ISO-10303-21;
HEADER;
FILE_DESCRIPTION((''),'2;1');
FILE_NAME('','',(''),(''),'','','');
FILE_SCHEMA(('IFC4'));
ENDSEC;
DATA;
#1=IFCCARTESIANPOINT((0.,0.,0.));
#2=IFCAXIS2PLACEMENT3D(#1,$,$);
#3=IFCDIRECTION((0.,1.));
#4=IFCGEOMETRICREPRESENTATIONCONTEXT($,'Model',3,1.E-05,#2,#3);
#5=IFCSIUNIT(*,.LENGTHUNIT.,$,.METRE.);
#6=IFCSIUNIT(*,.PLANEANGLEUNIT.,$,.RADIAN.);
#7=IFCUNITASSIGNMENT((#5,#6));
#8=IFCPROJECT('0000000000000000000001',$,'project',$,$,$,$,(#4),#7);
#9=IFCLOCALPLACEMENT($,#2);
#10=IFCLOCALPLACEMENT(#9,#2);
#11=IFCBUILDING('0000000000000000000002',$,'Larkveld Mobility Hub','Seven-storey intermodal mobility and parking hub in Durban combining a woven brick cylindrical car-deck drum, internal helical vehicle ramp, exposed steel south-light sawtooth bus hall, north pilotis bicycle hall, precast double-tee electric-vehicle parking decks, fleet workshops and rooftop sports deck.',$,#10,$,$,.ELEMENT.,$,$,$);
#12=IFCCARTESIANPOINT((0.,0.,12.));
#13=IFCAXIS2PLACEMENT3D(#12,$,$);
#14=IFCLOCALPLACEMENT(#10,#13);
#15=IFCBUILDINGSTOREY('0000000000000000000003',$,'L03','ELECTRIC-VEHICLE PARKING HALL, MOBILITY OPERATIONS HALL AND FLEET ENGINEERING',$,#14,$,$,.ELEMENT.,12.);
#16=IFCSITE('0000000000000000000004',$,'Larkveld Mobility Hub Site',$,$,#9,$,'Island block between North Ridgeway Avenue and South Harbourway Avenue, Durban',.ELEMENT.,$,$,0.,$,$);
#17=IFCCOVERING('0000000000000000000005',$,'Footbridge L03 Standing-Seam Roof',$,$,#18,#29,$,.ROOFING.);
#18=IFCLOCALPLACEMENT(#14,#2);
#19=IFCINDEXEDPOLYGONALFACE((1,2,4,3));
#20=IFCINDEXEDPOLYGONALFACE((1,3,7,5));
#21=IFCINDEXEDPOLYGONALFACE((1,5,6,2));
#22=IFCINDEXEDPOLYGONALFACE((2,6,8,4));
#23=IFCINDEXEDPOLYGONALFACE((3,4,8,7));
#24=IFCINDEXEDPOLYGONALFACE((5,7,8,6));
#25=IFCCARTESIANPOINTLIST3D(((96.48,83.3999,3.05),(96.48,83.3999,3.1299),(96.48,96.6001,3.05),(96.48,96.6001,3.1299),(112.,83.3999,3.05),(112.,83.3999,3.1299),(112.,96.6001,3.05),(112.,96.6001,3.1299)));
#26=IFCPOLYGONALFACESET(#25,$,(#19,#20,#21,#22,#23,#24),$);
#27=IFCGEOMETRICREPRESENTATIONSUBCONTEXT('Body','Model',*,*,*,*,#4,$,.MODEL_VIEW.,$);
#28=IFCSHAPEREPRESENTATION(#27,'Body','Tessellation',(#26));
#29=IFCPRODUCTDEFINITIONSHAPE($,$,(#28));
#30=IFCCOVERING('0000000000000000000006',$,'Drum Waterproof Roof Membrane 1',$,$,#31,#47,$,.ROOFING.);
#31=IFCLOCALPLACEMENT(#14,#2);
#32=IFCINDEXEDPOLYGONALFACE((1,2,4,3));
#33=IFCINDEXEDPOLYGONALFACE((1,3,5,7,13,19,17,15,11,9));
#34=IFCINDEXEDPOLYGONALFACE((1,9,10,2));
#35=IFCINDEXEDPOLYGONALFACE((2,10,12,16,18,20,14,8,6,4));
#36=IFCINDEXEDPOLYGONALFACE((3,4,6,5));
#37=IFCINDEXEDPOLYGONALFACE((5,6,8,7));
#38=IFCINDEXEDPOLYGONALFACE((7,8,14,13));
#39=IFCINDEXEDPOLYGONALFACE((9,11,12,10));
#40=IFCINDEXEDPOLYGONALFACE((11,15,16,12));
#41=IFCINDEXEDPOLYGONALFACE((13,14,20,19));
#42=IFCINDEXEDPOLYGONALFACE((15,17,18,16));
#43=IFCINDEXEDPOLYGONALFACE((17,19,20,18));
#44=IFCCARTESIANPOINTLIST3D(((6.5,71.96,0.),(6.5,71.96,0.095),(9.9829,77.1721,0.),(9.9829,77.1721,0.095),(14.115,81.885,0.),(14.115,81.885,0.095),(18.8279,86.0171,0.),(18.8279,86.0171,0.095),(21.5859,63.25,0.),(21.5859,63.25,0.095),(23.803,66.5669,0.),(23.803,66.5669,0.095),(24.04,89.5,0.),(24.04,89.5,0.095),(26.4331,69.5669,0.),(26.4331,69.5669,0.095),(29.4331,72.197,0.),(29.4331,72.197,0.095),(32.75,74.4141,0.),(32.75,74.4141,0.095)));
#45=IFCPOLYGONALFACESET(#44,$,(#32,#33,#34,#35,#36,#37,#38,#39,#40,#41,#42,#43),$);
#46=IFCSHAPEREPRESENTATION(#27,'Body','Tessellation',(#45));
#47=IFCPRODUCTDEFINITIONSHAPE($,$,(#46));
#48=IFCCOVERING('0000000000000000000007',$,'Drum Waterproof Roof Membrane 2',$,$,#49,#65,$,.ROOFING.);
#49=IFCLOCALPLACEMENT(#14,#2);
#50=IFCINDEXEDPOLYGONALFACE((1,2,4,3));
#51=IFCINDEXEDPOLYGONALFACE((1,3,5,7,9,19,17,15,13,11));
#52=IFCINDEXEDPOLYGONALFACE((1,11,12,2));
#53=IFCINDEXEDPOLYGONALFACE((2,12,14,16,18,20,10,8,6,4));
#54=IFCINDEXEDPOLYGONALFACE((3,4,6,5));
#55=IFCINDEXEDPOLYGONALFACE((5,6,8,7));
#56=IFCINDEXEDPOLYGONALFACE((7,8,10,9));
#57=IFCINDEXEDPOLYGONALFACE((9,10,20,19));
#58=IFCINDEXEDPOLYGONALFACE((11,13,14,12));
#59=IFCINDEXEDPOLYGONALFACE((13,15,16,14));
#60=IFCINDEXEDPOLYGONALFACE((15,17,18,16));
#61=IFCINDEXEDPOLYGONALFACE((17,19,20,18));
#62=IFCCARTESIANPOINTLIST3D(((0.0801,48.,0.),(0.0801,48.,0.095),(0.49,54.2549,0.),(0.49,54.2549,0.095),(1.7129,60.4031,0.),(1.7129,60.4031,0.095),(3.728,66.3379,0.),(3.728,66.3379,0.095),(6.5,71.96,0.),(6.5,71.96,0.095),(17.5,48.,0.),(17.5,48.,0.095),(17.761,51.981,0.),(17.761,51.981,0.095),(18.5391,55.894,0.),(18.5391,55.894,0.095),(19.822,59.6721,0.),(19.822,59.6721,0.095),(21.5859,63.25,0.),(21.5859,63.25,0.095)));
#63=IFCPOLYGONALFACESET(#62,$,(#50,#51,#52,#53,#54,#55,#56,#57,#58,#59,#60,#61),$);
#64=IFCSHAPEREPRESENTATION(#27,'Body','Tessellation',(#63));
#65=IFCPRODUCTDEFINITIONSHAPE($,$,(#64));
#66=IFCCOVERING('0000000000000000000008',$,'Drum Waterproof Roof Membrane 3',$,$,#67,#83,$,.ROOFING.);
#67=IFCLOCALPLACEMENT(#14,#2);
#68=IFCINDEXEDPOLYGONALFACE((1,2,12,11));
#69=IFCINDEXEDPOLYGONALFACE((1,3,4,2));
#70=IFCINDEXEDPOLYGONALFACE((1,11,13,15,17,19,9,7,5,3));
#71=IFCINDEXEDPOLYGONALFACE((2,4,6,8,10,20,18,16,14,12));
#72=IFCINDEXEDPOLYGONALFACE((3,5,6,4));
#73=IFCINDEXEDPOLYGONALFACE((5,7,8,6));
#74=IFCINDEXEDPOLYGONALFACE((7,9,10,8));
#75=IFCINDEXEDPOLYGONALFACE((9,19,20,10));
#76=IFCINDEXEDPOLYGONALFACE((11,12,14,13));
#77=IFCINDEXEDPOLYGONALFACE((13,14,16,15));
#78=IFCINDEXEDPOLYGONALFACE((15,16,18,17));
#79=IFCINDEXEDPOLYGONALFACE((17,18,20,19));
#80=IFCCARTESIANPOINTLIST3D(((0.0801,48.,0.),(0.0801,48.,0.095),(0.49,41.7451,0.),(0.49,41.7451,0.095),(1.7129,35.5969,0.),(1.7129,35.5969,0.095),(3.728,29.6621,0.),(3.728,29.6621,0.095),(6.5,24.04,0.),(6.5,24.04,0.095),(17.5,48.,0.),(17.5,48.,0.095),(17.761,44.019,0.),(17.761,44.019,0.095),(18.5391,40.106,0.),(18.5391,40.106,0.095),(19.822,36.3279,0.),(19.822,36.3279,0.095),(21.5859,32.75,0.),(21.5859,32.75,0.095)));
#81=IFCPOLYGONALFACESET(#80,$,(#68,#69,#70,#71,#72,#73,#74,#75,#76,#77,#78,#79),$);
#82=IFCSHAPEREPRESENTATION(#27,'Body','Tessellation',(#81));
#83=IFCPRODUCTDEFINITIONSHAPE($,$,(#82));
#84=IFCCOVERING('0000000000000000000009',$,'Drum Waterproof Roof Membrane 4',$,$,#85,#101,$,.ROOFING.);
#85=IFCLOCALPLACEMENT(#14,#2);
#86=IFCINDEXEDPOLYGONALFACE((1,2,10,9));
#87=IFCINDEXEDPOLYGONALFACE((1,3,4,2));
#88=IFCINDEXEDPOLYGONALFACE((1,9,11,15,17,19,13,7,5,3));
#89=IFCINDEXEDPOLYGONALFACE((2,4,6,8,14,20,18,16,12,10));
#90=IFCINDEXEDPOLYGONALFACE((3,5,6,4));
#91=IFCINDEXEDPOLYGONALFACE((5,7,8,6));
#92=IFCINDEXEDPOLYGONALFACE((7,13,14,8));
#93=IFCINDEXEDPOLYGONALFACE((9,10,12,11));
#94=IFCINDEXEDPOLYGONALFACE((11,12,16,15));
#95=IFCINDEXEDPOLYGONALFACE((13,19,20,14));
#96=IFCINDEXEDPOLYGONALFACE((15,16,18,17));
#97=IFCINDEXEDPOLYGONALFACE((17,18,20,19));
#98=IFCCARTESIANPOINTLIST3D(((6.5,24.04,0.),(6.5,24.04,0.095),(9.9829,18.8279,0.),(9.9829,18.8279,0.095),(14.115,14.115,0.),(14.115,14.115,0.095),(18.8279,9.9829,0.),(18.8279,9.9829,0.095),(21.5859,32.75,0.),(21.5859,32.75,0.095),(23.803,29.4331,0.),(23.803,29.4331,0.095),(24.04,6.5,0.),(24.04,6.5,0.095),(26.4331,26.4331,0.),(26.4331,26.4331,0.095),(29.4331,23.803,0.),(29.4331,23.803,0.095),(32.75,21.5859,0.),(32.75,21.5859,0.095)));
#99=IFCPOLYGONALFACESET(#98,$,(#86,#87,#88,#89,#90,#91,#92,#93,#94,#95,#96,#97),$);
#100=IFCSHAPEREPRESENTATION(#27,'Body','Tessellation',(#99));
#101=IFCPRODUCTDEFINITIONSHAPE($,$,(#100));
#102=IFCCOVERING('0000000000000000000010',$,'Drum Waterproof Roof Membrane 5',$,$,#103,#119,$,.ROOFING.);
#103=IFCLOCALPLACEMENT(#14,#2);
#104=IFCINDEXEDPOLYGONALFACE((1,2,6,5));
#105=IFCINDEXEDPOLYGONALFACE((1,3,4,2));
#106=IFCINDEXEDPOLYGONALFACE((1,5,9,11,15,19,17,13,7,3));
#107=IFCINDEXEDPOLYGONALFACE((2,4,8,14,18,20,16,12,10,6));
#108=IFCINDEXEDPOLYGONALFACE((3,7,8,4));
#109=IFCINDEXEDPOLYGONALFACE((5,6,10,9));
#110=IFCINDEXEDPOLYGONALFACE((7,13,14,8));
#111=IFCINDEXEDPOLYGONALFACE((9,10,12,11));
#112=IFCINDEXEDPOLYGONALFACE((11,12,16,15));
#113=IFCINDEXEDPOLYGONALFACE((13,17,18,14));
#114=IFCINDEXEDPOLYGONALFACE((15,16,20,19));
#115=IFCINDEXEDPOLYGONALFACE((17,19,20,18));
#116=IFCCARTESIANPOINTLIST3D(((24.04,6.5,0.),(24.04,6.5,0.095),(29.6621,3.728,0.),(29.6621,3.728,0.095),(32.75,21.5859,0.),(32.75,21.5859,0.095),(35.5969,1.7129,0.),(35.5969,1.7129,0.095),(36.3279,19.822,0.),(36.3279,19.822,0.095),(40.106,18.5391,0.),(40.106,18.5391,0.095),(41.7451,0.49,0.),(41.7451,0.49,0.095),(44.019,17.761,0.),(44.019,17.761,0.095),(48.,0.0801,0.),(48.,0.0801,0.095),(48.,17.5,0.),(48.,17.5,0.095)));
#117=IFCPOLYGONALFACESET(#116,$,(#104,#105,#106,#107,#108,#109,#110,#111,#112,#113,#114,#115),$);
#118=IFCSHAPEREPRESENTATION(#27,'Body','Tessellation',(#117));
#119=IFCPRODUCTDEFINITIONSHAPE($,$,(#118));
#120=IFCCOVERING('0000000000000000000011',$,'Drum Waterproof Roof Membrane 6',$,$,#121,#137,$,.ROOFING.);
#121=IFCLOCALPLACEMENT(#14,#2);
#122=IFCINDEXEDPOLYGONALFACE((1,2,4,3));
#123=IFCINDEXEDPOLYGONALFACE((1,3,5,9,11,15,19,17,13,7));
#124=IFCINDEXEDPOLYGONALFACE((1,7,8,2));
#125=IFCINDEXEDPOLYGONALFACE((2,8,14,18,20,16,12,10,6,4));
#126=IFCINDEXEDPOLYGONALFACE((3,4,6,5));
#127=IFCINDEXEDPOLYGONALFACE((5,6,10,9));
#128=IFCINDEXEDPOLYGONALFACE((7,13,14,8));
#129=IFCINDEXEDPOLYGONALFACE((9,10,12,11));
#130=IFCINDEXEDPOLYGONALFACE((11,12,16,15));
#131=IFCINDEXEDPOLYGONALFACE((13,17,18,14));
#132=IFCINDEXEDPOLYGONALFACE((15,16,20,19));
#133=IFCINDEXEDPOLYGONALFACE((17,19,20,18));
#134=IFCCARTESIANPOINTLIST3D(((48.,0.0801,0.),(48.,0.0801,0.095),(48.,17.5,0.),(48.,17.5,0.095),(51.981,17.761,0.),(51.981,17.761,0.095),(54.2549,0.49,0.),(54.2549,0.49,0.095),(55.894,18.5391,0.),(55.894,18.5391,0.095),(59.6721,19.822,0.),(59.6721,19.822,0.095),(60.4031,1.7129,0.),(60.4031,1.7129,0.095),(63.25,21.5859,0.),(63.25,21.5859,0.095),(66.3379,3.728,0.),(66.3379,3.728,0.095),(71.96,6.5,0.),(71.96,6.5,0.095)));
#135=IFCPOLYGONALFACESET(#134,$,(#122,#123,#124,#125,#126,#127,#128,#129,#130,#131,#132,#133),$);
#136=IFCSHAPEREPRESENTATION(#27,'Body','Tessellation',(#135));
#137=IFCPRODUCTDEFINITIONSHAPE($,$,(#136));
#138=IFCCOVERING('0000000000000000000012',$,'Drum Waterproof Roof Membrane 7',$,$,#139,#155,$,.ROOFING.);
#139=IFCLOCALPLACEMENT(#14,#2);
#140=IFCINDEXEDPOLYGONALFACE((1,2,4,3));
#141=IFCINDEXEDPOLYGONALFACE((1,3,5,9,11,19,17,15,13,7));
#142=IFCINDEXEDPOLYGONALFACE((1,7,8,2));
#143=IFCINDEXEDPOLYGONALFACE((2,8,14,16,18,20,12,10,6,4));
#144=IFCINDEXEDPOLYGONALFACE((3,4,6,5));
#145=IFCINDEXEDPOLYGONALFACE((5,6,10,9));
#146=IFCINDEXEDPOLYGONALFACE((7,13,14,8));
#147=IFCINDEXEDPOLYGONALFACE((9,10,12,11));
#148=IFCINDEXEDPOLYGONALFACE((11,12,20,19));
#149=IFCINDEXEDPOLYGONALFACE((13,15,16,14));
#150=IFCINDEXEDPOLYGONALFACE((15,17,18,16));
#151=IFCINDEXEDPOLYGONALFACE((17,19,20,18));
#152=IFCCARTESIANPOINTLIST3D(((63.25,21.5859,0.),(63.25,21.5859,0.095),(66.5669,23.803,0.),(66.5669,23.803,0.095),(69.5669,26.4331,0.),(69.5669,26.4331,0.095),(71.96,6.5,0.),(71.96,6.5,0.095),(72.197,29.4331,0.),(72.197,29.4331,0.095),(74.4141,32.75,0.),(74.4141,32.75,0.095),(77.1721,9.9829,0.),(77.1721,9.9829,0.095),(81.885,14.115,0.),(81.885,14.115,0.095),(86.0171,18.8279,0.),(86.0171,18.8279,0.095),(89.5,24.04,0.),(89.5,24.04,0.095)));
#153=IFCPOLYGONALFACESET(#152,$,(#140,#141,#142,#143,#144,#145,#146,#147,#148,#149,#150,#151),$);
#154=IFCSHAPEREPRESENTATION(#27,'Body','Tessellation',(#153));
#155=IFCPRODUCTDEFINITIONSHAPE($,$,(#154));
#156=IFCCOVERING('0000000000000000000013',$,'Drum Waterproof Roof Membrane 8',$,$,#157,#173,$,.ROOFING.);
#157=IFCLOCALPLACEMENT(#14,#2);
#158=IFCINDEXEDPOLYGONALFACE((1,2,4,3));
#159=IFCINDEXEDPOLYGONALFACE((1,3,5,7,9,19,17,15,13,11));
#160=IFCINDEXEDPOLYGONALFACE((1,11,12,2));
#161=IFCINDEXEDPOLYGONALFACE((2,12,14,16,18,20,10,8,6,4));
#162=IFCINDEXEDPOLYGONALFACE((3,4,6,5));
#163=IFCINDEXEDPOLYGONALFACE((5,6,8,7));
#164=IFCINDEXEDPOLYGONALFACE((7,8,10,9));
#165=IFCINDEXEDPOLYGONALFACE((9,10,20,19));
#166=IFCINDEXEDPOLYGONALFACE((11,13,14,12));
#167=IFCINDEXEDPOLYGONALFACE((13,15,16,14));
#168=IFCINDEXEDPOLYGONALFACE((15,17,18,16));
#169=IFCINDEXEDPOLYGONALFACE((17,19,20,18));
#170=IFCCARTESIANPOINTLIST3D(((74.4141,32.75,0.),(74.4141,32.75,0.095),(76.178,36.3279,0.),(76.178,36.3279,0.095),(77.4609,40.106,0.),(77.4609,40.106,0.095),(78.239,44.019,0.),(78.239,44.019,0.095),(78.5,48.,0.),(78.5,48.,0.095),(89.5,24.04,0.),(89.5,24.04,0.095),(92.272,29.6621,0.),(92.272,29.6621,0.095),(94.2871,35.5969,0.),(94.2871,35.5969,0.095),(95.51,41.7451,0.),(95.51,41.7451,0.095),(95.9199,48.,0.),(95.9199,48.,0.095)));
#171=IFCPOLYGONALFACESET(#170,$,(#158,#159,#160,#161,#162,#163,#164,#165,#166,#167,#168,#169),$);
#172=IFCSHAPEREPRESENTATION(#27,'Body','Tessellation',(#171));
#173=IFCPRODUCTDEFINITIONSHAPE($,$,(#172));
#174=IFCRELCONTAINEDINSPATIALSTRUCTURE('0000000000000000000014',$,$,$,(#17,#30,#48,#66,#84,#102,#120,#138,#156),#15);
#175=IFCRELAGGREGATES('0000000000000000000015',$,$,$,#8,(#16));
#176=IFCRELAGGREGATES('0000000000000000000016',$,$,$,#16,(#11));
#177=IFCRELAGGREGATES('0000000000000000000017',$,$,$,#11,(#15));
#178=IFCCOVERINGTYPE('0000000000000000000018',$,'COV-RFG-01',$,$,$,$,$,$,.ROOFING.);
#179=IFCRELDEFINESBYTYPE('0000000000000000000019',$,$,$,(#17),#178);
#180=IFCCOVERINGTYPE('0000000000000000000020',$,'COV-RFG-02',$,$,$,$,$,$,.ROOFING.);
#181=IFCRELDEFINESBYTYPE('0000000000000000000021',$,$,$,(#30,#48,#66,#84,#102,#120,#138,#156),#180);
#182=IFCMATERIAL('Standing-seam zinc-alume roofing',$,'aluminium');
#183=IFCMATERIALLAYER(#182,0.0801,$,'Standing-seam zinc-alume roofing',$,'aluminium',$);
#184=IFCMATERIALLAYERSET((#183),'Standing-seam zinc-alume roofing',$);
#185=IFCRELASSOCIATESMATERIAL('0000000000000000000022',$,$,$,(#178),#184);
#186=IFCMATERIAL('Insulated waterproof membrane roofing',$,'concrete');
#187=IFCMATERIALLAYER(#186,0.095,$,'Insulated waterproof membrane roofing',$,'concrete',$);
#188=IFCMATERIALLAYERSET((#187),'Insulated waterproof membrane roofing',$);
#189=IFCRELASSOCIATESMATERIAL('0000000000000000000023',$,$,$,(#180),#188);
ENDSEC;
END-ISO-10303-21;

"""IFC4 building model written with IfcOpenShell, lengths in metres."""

from ifc_helpers import new_model, si_unit, direction, frame, origin, place, context, subcontext, project, spatial, polyline, outline, extrude, material, layer, layer_set, type_object, element, save


model = new_model("IFC4")

# Units and contexts
model_context = context("Model", 3, precision=1e-05, world=origin(), true_north=direction((0.0, 1.0)))
body_context = subcontext(model_context, "Body", "Model", "MODEL_VIEW")
ifc_project = project(units=[si_unit("LENGTHUNIT", "METRE"), si_unit("PLANEANGLEUNIT", "RADIAN")], contexts=[model_context])

# Site, building, storey
site_placement = place(None, origin())
site = spatial("IfcSite", under=ifc_project, at=site_placement, Name="Larkveld Mobility Hub Site", LongName="Island block between North Ridgeway Avenue and South Harbourway Avenue, Durban", CompositionType="ELEMENT", RefElevation=0.0)
building_placement = place(site_placement, origin())
building = spatial("IfcBuilding", under=site, at=building_placement, Name="Larkveld Mobility Hub", Description="Seven-storey intermodal mobility and parking hub in Durban combining a woven brick cylindrical car-deck drum, internal helical vehicle ramp, exposed steel south-light sawtooth bus hall, north pilotis bicycle hall, precast double-tee electric-vehicle parking decks, fleet workshops and rooftop sports deck.", CompositionType="ELEMENT")
storey_placement = place(building_placement, frame((0.0, 0.0, 12.0)))
storey = spatial("IfcBuildingStorey", under=building, at=storey_placement, Name="L03", Description="ELECTRIC-VEHICLE PARKING HALL, MOBILITY OPERATIONS HALL AND FLEET ENGINEERING", CompositionType="ELEMENT", Elevation=12.0)

# Coverings
ifc_material_1 = material(Name="Standing-seam zinc-alume roofing", Category="aluminium")
ifc_layer_1 = layer(ifc_material_1, 0.0801, Name="Standing-seam zinc-alume roofing", Category="aluminium")
ifc_layer_set_1 = layer_set([ifc_layer_1], Name="Standing-seam zinc-alume roofing")
covering_type_1 = type_object("IfcCoveringType", Name="COV-RFG-01", PredefinedType="ROOFING", material=ifc_layer_set_1)
covering_1_placement = place(storey_placement, frame((0.0, 0.0, 3.05)))
element("IfcCovering", 1, at=covering_1_placement, inside=storey, type_object=covering_type_1, Name="Footbridge L03 Standing-Seam Roof", PredefinedType="ROOFING", context=body_context, shape_type="SweptSolid", body=[
    extrude(outline(polyline([(96.48, 83.3999), (112.0, 83.3999), (112.0, 96.6001), (96.48, 96.6001), (96.48, 83.3999)])), origin(), (0.0, 0.0, 1.0), 0.0798),
])
ifc_material_2 = material(Name="Insulated waterproof membrane roofing", Category="concrete")
ifc_layer_2 = layer(ifc_material_2, 0.095, Name="Insulated waterproof membrane roofing", Category="concrete")
ifc_layer_set_2 = layer_set([ifc_layer_2], Name="Insulated waterproof membrane roofing")
covering_type_2 = type_object("IfcCoveringType", Name="COV-RFG-02", PredefinedType="ROOFING", material=ifc_layer_set_2)
covering_2_placement = place(storey_placement, origin())
element("IfcCovering", 2, at=covering_2_placement, inside=storey, type_object=covering_type_2, Name="Drum Waterproof Roof Membrane 1", PredefinedType="ROOFING", context=body_context, shape_type="SweptSolid", body=[
    extrude(outline(polyline([(24.04, 89.5), (18.8279, 86.0171), (14.115, 81.885), (9.9829, 77.1721), (6.5, 71.96), (21.5859, 63.25), (23.803, 66.5669), (26.4331, 69.5669), (29.4331, 72.197), (32.75, 74.4141), (24.04, 89.5)])), origin(), (0.0, 0.0, 1.0), 0.095),
])
covering_3_placement = place(storey_placement, origin())
element("IfcCovering", 3, at=covering_3_placement, inside=storey, type_object=covering_type_2, Name="Drum Waterproof Roof Membrane 2", PredefinedType="ROOFING", context=body_context, shape_type="SweptSolid", body=[
    extrude(outline(polyline([(6.5, 71.96), (3.728, 66.3379), (1.7129, 60.4031), (0.49, 54.2549), (0.0801, 48.0), (17.5, 48.0), (17.761, 51.981), (18.5391, 55.894), (19.822, 59.6721), (21.5859, 63.25), (6.5, 71.96)])), origin(), (0.0, 0.0, 1.0), 0.095),
])
covering_4_placement = place(storey_placement, origin())
element("IfcCovering", 4, at=covering_4_placement, inside=storey, type_object=covering_type_2, Name="Drum Waterproof Roof Membrane 3", PredefinedType="ROOFING", context=body_context, shape_type="SweptSolid", body=[
    extrude(outline(polyline([(0.0801, 48.0), (0.49, 41.7451), (1.7129, 35.5969), (3.728, 29.6621), (6.5, 24.04), (21.5859, 32.75), (19.822, 36.3279), (18.5391, 40.106), (17.761, 44.019), (17.5, 48.0), (0.0801, 48.0)])), origin(), (0.0, 0.0, 1.0), 0.095),
])
covering_5_placement = place(storey_placement, origin())
element("IfcCovering", 5, at=covering_5_placement, inside=storey, type_object=covering_type_2, Name="Drum Waterproof Roof Membrane 4", PredefinedType="ROOFING", context=body_context, shape_type="SweptSolid", body=[
    extrude(outline(polyline([(6.5, 24.04), (9.9829, 18.8279), (14.115, 14.115), (18.8279, 9.9829), (24.04, 6.5), (32.75, 21.5859), (29.4331, 23.803), (26.4331, 26.4331), (23.803, 29.4331), (21.5859, 32.75), (6.5, 24.04)])), origin(), (0.0, 0.0, 1.0), 0.095),
])
covering_6_placement = place(storey_placement, origin())
element("IfcCovering", 6, at=covering_6_placement, inside=storey, type_object=covering_type_2, Name="Drum Waterproof Roof Membrane 5", PredefinedType="ROOFING", context=body_context, shape_type="SweptSolid", body=[
    extrude(outline(polyline([(24.04, 6.5), (29.6621, 3.728), (35.5969, 1.7129), (41.7451, 0.49), (48.0, 0.0801), (48.0, 17.5), (44.019, 17.761), (40.106, 18.5391), (36.3279, 19.822), (32.75, 21.5859), (24.04, 6.5)])), origin(), (0.0, 0.0, 1.0), 0.095),
])
covering_7_placement = place(storey_placement, origin())
element("IfcCovering", 7, at=covering_7_placement, inside=storey, type_object=covering_type_2, Name="Drum Waterproof Roof Membrane 6", PredefinedType="ROOFING", context=body_context, shape_type="SweptSolid", body=[
    extrude(outline(polyline([(48.0, 0.0801), (54.2549, 0.49), (60.4031, 1.7129), (66.3379, 3.728), (71.96, 6.5), (63.25, 21.5859), (59.6721, 19.822), (55.894, 18.5391), (51.981, 17.761), (48.0, 17.5), (48.0, 0.0801)])), origin(), (0.0, 0.0, 1.0), 0.095),
])
covering_8_placement = place(storey_placement, origin())
element("IfcCovering", 8, at=covering_8_placement, inside=storey, type_object=covering_type_2, Name="Drum Waterproof Roof Membrane 7", PredefinedType="ROOFING", context=body_context, shape_type="SweptSolid", body=[
    extrude(outline(polyline([(71.96, 6.5), (77.1721, 9.9829), (81.885, 14.115), (86.0171, 18.8279), (89.5, 24.04), (74.4141, 32.75), (72.197, 29.4331), (69.5669, 26.4331), (66.5669, 23.803), (63.25, 21.5859), (71.96, 6.5)])), origin(), (0.0, 0.0, 1.0), 0.095),
])
covering_9_placement = place(storey_placement, origin())
element("IfcCovering", 9, at=covering_9_placement, inside=storey, type_object=covering_type_2, Name="Drum Waterproof Roof Membrane 8", PredefinedType="ROOFING", context=body_context, shape_type="SweptSolid", body=[
    extrude(outline(polyline([(89.5, 24.04), (92.272, 29.6621), (94.2871, 35.5969), (95.51, 41.7451), (95.9199, 48.0), (78.5, 48.0), (78.239, 44.019), (77.4609, 40.106), (76.178, 36.3279), (74.4141, 32.75), (89.5, 24.04)])), origin(), (0.0, 0.0, 1.0), 0.095),
])

save(model, "model.ifc")
